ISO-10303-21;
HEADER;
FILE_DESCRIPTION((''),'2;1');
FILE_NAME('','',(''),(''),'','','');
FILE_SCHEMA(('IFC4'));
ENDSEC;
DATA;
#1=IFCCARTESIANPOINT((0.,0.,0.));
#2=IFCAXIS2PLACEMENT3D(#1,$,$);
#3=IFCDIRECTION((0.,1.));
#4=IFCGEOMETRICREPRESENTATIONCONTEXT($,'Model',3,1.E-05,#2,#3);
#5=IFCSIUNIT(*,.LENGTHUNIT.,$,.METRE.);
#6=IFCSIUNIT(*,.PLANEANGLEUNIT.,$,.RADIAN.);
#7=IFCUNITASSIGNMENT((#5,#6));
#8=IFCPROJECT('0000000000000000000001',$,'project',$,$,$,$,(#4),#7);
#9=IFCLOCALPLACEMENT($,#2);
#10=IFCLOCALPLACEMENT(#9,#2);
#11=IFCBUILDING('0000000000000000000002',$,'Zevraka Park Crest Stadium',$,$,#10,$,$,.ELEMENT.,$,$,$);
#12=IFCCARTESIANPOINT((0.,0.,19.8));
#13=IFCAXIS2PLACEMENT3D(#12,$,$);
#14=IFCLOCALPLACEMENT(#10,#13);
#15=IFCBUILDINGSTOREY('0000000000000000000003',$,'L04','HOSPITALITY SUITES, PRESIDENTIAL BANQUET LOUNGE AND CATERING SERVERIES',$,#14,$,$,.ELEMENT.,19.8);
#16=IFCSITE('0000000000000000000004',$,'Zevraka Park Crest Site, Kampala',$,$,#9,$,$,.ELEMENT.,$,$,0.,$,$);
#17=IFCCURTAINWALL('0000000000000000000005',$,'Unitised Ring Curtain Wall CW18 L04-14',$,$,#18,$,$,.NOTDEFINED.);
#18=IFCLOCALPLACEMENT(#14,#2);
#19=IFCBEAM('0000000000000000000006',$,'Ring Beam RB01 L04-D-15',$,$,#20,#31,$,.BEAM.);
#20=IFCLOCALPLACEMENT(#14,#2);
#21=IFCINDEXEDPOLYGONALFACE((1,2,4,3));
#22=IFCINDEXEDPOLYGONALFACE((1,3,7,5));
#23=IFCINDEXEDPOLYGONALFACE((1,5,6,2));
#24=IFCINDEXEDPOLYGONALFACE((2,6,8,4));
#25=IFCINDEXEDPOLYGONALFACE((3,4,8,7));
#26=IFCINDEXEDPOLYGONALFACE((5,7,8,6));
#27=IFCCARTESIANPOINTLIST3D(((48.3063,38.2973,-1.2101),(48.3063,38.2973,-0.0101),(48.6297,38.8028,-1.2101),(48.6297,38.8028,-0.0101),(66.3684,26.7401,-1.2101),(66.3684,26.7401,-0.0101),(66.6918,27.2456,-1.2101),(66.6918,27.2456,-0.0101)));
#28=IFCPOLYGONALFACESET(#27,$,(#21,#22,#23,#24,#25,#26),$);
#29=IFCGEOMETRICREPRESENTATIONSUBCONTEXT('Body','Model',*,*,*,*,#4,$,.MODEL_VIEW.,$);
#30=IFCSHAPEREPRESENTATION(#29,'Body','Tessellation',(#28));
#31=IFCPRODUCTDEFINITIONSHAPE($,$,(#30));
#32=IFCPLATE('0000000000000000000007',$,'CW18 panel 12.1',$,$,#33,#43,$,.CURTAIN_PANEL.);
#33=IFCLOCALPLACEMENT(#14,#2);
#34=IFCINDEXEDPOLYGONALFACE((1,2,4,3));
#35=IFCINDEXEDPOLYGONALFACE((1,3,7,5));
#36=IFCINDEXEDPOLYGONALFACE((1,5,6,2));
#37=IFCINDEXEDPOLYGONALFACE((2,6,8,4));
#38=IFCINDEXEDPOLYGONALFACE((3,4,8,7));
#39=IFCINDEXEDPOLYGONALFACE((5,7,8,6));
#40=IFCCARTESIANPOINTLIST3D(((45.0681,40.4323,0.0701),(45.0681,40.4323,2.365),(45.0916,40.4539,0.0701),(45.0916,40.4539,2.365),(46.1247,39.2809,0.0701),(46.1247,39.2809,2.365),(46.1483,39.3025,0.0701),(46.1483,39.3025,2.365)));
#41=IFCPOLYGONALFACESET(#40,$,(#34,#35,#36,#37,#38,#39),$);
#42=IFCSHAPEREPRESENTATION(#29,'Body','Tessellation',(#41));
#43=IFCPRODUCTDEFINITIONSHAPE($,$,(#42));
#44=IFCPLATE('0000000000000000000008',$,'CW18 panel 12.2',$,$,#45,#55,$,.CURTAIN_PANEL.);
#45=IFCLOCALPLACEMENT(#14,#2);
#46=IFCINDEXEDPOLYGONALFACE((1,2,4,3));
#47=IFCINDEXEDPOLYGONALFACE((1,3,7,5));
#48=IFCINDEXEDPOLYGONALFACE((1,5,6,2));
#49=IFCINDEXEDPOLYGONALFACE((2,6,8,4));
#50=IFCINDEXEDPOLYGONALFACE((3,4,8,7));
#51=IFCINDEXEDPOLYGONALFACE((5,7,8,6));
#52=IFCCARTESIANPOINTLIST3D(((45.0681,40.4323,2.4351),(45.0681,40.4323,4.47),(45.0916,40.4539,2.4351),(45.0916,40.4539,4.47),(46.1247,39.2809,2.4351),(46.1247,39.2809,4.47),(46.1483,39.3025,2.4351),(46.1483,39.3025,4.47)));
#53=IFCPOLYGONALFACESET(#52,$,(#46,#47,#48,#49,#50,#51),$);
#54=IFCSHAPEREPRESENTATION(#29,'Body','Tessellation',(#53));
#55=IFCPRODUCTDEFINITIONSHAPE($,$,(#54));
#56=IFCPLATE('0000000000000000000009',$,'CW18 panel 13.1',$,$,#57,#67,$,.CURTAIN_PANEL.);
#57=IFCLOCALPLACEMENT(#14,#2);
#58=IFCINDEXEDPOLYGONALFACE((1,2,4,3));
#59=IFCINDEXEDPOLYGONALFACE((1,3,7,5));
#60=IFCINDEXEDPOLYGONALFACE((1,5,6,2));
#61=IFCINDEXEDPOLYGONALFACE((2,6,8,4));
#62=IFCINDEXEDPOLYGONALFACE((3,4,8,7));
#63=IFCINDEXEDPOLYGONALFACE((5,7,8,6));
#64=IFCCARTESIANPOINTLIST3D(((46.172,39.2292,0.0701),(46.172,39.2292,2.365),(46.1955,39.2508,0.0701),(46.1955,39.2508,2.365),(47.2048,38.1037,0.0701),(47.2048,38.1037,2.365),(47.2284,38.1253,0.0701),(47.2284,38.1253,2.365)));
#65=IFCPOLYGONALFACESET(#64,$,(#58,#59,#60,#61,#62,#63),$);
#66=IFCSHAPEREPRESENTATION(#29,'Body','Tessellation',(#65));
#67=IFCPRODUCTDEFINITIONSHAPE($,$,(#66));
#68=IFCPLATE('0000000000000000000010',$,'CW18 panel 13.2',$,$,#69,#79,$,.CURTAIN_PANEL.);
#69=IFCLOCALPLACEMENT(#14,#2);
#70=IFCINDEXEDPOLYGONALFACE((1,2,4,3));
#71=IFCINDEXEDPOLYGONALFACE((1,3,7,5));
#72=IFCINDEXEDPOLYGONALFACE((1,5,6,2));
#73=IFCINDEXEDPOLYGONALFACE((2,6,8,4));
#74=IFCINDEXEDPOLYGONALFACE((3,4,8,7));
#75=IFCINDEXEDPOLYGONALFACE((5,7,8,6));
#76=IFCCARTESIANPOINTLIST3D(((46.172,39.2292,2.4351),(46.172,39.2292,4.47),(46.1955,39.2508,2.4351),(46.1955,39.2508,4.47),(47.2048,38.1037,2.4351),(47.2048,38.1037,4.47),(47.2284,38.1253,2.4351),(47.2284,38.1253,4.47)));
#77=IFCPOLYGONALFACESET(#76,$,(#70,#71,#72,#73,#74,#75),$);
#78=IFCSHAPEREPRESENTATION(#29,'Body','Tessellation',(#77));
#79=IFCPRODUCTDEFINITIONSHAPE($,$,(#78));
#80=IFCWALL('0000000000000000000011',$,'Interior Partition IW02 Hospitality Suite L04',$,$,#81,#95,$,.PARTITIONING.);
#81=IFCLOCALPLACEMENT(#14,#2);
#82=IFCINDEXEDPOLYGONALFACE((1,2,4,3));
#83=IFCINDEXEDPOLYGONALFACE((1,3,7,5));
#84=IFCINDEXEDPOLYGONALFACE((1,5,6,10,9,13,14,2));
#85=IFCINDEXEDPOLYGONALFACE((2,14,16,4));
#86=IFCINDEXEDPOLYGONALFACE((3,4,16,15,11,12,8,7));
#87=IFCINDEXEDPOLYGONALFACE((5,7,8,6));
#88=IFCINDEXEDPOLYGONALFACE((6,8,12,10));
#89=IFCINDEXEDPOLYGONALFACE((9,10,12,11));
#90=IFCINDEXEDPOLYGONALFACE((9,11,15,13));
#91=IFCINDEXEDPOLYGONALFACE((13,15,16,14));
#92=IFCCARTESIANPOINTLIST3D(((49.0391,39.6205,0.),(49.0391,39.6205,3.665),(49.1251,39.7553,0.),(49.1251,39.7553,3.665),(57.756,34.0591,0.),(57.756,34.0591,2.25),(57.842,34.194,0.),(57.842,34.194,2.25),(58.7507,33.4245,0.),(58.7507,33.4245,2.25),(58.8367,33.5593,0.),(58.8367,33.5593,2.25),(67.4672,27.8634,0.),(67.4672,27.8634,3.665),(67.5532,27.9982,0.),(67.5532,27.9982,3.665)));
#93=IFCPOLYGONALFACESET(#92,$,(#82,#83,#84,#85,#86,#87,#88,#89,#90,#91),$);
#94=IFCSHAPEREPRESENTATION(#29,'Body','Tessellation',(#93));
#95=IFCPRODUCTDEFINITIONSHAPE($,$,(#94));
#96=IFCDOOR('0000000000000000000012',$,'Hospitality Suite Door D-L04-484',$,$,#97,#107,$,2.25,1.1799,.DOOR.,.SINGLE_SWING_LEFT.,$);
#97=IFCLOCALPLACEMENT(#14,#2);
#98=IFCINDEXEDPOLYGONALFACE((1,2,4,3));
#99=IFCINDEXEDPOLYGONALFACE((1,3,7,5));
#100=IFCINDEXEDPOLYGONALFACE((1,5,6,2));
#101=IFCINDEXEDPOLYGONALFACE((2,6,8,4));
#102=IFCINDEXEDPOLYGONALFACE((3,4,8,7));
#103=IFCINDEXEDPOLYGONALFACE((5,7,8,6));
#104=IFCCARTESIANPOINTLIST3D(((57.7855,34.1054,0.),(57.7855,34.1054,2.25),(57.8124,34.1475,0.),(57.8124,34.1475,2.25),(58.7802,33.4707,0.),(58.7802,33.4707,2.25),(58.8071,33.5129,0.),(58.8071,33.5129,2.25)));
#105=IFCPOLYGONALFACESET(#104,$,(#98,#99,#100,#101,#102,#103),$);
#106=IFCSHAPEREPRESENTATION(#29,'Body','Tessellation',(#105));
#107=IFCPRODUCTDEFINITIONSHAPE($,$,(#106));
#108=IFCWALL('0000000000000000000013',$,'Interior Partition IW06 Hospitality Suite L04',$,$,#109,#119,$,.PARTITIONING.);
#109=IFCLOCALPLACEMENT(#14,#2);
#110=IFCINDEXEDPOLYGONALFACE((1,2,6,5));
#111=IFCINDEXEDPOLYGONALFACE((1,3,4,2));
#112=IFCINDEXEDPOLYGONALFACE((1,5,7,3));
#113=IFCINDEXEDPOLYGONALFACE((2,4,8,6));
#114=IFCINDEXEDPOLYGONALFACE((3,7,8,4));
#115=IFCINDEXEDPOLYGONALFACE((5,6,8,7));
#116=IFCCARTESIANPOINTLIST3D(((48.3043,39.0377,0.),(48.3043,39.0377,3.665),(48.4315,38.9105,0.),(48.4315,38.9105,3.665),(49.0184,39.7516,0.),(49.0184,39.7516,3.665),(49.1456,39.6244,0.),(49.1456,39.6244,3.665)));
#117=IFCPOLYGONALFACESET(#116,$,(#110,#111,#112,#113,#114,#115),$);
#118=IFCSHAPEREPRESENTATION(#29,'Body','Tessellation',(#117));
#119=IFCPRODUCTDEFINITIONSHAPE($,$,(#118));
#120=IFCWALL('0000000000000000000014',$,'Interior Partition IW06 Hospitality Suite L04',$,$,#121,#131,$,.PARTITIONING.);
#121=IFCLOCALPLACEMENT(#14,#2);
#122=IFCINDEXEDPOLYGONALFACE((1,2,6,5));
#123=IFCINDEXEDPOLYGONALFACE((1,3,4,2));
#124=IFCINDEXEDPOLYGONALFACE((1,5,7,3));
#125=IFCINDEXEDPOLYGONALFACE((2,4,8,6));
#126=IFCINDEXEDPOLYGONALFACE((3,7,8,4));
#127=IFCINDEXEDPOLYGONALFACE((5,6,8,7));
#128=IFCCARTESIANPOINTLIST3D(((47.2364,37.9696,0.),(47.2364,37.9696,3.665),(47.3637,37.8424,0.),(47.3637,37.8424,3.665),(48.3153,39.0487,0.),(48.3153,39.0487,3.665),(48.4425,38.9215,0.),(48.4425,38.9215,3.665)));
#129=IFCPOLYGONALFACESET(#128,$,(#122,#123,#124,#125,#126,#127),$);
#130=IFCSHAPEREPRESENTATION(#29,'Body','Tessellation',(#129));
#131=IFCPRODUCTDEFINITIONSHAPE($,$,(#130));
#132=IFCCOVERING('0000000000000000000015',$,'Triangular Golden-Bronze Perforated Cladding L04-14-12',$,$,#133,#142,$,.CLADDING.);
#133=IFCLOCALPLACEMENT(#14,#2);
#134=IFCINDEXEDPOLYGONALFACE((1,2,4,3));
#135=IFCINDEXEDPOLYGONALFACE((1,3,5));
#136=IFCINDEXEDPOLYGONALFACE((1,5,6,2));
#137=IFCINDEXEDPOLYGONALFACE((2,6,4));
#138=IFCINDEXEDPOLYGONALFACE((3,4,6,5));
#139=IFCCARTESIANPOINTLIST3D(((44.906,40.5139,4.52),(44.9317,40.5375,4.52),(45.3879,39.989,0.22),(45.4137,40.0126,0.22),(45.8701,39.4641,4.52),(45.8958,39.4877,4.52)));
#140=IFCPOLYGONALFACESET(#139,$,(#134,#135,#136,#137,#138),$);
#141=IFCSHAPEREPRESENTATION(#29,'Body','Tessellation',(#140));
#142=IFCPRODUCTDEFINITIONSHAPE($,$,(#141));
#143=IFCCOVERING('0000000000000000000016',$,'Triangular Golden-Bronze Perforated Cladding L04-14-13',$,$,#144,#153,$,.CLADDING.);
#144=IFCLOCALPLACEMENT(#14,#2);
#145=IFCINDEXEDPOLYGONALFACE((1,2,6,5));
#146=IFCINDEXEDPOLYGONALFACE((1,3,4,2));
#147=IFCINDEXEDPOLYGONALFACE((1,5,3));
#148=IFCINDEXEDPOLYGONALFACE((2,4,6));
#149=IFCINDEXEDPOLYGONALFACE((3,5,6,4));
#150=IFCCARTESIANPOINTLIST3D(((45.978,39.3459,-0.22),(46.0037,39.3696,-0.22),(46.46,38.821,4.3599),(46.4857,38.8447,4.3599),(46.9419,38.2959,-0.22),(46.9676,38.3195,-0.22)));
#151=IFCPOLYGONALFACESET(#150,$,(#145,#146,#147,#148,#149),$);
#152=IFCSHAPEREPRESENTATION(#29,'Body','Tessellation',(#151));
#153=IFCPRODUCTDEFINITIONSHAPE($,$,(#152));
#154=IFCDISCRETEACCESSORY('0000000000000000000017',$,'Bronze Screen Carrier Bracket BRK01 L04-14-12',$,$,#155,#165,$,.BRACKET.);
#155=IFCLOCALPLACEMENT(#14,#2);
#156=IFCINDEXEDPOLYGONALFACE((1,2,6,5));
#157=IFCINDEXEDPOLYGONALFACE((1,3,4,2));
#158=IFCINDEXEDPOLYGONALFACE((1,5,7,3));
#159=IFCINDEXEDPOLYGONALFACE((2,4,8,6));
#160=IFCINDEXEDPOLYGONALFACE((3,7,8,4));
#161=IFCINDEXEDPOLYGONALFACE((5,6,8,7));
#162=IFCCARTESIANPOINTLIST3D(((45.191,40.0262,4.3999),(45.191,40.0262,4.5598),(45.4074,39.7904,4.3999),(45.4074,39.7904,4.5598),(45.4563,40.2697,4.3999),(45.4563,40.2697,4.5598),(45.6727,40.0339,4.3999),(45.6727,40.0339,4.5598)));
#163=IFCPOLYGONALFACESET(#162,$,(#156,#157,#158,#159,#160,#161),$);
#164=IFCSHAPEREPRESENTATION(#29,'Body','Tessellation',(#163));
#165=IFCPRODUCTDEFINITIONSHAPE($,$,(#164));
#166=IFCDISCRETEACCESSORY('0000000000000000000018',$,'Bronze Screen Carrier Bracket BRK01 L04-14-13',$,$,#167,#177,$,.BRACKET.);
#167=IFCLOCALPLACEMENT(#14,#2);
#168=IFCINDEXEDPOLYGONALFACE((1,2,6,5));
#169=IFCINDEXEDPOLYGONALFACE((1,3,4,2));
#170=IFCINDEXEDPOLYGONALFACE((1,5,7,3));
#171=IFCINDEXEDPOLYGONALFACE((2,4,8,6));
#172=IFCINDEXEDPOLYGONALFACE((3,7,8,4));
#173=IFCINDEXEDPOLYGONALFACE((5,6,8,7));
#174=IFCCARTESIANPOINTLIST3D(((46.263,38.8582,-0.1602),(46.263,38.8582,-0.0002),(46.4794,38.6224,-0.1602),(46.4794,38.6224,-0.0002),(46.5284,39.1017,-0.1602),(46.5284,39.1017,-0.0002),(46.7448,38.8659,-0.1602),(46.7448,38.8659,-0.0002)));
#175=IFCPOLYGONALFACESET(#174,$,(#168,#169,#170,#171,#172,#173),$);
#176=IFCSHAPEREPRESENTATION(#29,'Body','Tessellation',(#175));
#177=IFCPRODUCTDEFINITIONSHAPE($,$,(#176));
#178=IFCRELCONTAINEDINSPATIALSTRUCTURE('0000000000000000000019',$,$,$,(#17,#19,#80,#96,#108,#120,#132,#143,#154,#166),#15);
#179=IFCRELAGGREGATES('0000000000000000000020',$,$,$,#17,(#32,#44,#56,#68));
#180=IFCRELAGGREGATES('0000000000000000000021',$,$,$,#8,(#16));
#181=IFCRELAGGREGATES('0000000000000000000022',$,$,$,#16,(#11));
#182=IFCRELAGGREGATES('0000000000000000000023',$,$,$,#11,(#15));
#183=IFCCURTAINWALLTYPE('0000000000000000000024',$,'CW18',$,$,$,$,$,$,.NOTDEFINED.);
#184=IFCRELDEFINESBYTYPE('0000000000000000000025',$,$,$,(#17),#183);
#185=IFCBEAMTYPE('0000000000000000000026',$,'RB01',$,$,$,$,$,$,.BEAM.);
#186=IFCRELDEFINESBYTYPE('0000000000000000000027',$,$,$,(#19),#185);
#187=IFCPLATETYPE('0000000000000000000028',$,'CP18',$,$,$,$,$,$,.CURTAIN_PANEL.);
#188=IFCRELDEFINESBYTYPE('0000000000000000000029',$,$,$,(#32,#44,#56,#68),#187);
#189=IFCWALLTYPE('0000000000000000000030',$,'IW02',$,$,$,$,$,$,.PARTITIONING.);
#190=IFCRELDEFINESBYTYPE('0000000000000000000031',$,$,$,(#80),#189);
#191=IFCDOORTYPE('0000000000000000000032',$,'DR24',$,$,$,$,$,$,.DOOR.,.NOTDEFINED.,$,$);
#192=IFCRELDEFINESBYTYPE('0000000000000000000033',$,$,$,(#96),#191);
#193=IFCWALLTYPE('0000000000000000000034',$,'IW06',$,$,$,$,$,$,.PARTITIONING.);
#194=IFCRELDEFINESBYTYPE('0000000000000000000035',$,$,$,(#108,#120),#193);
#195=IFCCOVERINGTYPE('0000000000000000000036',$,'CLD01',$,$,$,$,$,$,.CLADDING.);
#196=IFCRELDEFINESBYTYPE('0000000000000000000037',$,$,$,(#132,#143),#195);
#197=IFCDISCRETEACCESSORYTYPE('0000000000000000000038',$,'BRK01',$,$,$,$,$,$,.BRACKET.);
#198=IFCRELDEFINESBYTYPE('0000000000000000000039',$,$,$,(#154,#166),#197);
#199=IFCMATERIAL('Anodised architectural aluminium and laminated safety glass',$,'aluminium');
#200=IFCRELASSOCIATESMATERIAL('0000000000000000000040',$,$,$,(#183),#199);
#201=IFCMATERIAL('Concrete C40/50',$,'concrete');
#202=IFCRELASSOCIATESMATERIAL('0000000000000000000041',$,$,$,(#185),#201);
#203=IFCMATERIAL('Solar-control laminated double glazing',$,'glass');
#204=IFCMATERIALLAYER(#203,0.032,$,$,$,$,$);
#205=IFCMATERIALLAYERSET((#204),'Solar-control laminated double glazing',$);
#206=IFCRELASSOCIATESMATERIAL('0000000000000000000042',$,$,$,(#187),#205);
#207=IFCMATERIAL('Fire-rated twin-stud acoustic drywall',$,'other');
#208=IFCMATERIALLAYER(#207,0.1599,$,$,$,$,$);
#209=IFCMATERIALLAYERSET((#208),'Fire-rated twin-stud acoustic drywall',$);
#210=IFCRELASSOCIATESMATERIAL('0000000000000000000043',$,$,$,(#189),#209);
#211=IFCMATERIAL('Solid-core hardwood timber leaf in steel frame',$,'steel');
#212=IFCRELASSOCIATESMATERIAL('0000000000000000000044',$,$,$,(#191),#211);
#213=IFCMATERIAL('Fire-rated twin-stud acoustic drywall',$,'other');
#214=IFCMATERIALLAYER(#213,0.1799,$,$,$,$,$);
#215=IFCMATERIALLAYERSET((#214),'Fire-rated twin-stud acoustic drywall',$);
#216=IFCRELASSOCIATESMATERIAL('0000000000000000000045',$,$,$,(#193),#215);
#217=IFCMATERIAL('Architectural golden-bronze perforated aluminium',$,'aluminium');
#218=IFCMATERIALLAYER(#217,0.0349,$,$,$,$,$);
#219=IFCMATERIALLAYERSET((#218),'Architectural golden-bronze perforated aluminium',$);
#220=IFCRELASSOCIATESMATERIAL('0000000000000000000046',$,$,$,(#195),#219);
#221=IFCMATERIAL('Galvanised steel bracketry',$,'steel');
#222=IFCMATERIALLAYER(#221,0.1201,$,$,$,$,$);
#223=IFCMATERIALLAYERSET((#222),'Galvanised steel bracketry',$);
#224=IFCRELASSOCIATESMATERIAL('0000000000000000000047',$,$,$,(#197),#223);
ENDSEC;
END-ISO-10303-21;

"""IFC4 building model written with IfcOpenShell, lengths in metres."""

from ifc_helpers import new_model, si_unit, direction, frame, frame_2d, origin, origin_2d, place, context, subcontext, project, spatial, polyline, rectangle, outline, extrude, material, layer, layer_set, material_profile, profile_set, type_object, element, fill, aggregate, save


model = new_model("IFC4")

# Units and contexts
model_context = context("Model", 3, precision=1e-05, world=origin(), true_north=direction((0.0, 1.0)))
body_context = subcontext(model_context, "Body", "Model", "MODEL_VIEW")
ifc_project = project(units=[si_unit("LENGTHUNIT", "METRE"), si_unit("PLANEANGLEUNIT", "RADIAN")], contexts=[model_context])

# Site, building, storey
site_placement = place(None, origin())
site = spatial("IfcSite", under=ifc_project, at=site_placement, Name="Zevraka Park Crest Site, Kampala", CompositionType="ELEMENT", RefElevation=0.0)
building_placement = place(site_placement, origin())
building = spatial("IfcBuilding", under=site, at=building_placement, Name="Zevraka Park Crest Stadium", CompositionType="ELEMENT")
storey_placement = place(building_placement, frame((0.0, 0.0, 19.8)))
storey = spatial("IfcBuildingStorey", under=building, at=storey_placement, Name="L04", Description="HOSPITALITY SUITES, PRESIDENTIAL BANQUET LOUNGE AND CATERING SERVERIES", CompositionType="ELEMENT", Elevation=19.8)

# Curtain wall
ifc_material_1 = material(Name="Anodised architectural aluminium and laminated safety glass", Category="aluminium")
curtain_wall_type = type_object("IfcCurtainWallType", Name="CW18", PredefinedType="NOTDEFINED", material=ifc_material_1)
curtain_wall_1_placement = place(storey_placement, origin())
curtain_wall_1 = element("IfcCurtainWall", 1, at=curtain_wall_1_placement, inside=storey, type_object=curtain_wall_type, Name="Unitised Ring Curtain Wall CW18 L04-14", PredefinedType="NOTDEFINED")

# Beam
ifc_material_2 = material(Name="Concrete C40/50", Category="concrete")
ifc_material_profile_1 = material_profile(ifc_material_2, rectangle(XDim=0.6001, YDim=1.2, at=origin_2d()), Name="RC 1200x600")
ifc_profile_set_1 = profile_set([ifc_material_profile_1], Name="Concrete C40/50")
beam_type = type_object("IfcBeamType", Name="RB01", PredefinedType="BEAM", material=ifc_profile_set_1)
beam_placement = place(storey_placement, frame((48.468, 38.55, -0.6101), z_axis=(0.842326, -0.538969, 0.0), x_axis=(0.538969, 0.842326, 0.0)))
element("IfcBeam", 2, at=beam_placement, inside=storey, type_object=beam_type, Name="Ring Beam RB01 L04-D-15", PredefinedType="BEAM", context=body_context, shape_type="SweptSolid", body=[
    extrude(rectangle(XDim=0.6001, YDim=1.2, at=origin_2d()), origin(), (0.0, 0.0, 1.0), 21.4431),
])

# Plates
ifc_material_3 = material(Name="Solar-control laminated double glazing", Category="glass")
ifc_layer_1 = layer(ifc_material_3, 0.032)
ifc_layer_set_1 = layer_set([ifc_layer_1], Name="Solar-control laminated double glazing")
plate_type = type_object("IfcPlateType", Name="CP18", PredefinedType="CURTAIN_PANEL", material=ifc_layer_set_1)
plate_1_placement = place(storey_placement, frame((45.6082, 39.8674, 0.0701), z_axis=(0.0, 0.0, 1.0), x_axis=(0.676138, -0.736775, 0.0)))
plate_1 = element("IfcPlate", 3, at=plate_1_placement, type_object=plate_type, Name="CW18 panel 12.1", PredefinedType="CURTAIN_PANEL", context=body_context, shape_type="SweptSolid", body=[
    extrude(rectangle(XDim=1.5627, YDim=0.032, at=origin_2d()), origin(), (0.0, 0.0, 1.0), 2.2949),
])
plate_2_placement = place(storey_placement, frame((45.6082, 39.8674, 2.4351), z_axis=(0.0, 0.0, 1.0), x_axis=(0.676138, -0.736775, 0.0)))
plate_2 = element("IfcPlate", 4, at=plate_2_placement, type_object=plate_type, Name="CW18 panel 12.2", PredefinedType="CURTAIN_PANEL", context=body_context, shape_type="SweptSolid", body=[
    extrude(rectangle(XDim=1.5627, YDim=0.032, at=origin_2d()), origin(), (0.0, 0.0, 1.0), 2.0349),
])
plate_3_placement = place(storey_placement, frame((46.7002, 38.6772, 0.0701), z_axis=(0.0, 0.0, 1.0), x_axis=(0.676138, -0.736775, 0.0)))
plate_3 = element("IfcPlate", 5, at=plate_3_placement, type_object=plate_type, Name="CW18 panel 13.1", PredefinedType="CURTAIN_PANEL", context=body_context, shape_type="SweptSolid", body=[
    extrude(rectangle(XDim=1.5276, YDim=0.032, at=origin_2d()), origin(), (0.0, 0.0, 1.0), 2.2949),
])
plate_4_placement = place(storey_placement, frame((46.7002, 38.6772, 2.4351), z_axis=(0.0, 0.0, 1.0), x_axis=(0.676138, -0.736775, 0.0)))
plate_4 = element("IfcPlate", 6, at=plate_4_placement, type_object=plate_type, Name="CW18 panel 13.2", PredefinedType="CURTAIN_PANEL", context=body_context, shape_type="SweptSolid", body=[
    extrude(rectangle(XDim=1.5276, YDim=0.032, at=origin_2d()), origin(), (0.0, 0.0, 1.0), 2.0349),
])
aggregate(curtain_wall_1, [plate_1, plate_2, plate_3, plate_4])

# Wall, opening, door
ifc_material_4 = material(Name="Fire-rated twin-stud acoustic drywall", Category="other")
ifc_layer_2 = layer(ifc_material_4, 0.1599)
ifc_layer_set_2 = layer_set([ifc_layer_2], Name="Fire-rated twin-stud acoustic drywall")
wall_type_1 = type_object("IfcWallType", Name="IW02", PredefinedType="PARTITIONING", material=ifc_layer_set_2)
wall_1_placement = place(storey_placement, frame((49.082, 39.688, 0.0), z_axis=(0.0, 0.0, 1.0), x_axis=(0.843035, -0.537858, 0.0)))
wall_1 = element("IfcWall", 7, at=wall_1_placement, inside=storey, type_object=wall_type_1, Name="Interior Partition IW02 Hospitality Suite L04", PredefinedType="PARTITIONING", context=body_context, shape_type="SweptSolid", body=[
    extrude(rectangle(XDim=21.8591, YDim=0.1599, at=frame_2d((10.9297, 0.0))), origin(), (0.0, 0.0, 1.0), 3.665),
])
opening_placement = place(wall_1_placement, frame((10.3401, 0.0, 0.0)))
opening = element("IfcOpeningElement", 8, at=opening_placement, cuts=wall_1, PredefinedType="OPENING", context=body_context, shape_type="SweptSolid", body=[
    extrude(rectangle(XDim=1.1799, YDim=2.25, at=frame_2d((0.5898, 1.125))), frame((0.0, 0.0898, 0.0), z_axis=(0.0, -1.0, 0.0), x_axis=(1.0, 0.0, 0.0)), (0.0, 0.0, 1.0), 0.1799),
])
ifc_material_5 = material(Name="Solid-core hardwood timber leaf in steel frame", Category="steel")
door_type = type_object("IfcDoorType", Name="DR24", OperationType="NOTDEFINED", PredefinedType="DOOR", material=ifc_material_5)
door_placement = place(opening_placement, origin())
door = element("IfcDoor", 9, at=door_placement, inside=storey, type_object=door_type, Name="Hospitality Suite Door D-L04-484", OperationType="SINGLE_SWING_LEFT", OverallHeight=2.25, OverallWidth=1.1799, PredefinedType="DOOR", context=body_context, shape_type="SweptSolid", body=[
    extrude(rectangle(XDim=1.1799, YDim=2.25, at=frame_2d((0.5898, 1.125))), frame((0.0, 0.0249, 0.0), z_axis=(0.0, -1.0, 0.0), x_axis=(1.0, 0.0, 0.0)), (0.0, 0.0, 1.0), 0.05),
])
fill(opening, door)

# Walls
ifc_material_6 = material(Name="Fire-rated twin-stud acoustic drywall", Category="other")
ifc_layer_3 = layer(ifc_material_6, 0.1799)
ifc_layer_set_3 = layer_set([ifc_layer_3], Name="Fire-rated twin-stud acoustic drywall")
wall_type_2 = type_object("IfcWallType", Name="IW06", PredefinedType="PARTITIONING", material=ifc_layer_set_3)
wall_2_placement = place(storey_placement, frame((49.082, 39.688, 0.0), z_axis=(0.0, 0.0, 1.0), x_axis=(-0.707228, -0.706986, 0.0)))
element("IfcWall", 10, at=wall_2_placement, inside=storey, type_object=wall_type_2, Name="Interior Partition IW06 Hospitality Suite L04", PredefinedType="PARTITIONING", context=body_context, shape_type="SweptSolid", body=[
    extrude(rectangle(XDim=1.0098, YDim=0.1799, at=frame_2d((0.5049, 0.0))), origin(), (0.0, 0.0, 1.0), 3.665),
])
wall_3_placement = place(storey_placement, frame((48.3789, 38.9851, 0.0), z_axis=(0.0, 0.0, 1.0), x_axis=(-0.707027, -0.707187, 0.0)))
element("IfcWall", 11, at=wall_3_placement, inside=storey, type_object=wall_type_2, Name="Interior Partition IW06 Hospitality Suite L04", PredefinedType="PARTITIONING", context=body_context, shape_type="SweptSolid", body=[
    extrude(rectangle(XDim=1.5259, YDim=0.1799, at=frame_2d((0.7629, 0.0))), origin(), (0.0, 0.0, 1.0), 3.665),
])

# Coverings
ifc_material_7 = material(Name="Architectural golden-bronze perforated aluminium", Category="aluminium")
ifc_layer_4 = layer(ifc_material_7, 0.0349)
ifc_layer_set_4 = layer_set([ifc_layer_4], Name="Architectural golden-bronze perforated aluminium")
covering_type = type_object("IfcCoveringType", Name="CLD01", PredefinedType="CLADDING", material=ifc_layer_set_4)
covering_1_placement = place(storey_placement, frame((45.8701, 39.4641, 4.52), z_axis=(-0.736528, -0.676407, 0.000021), x_axis=(-0.676407, 0.736528, 0.0)))
element("IfcCovering", 12, at=covering_1_placement, inside=storey, type_object=covering_type, Name="Triangular Golden-Bronze Perforated Cladding L04-14-12", PredefinedType="CLADDING", context=body_context, shape_type="SweptSolid", body=[
    extrude(outline(polyline([(0.0, 0.0), (1.4253, 0.0), (0.7128, 4.3), (0.0, 0.0)])), origin(), (0.0, 0.0, -1.0), 0.0349),
])
covering_2_placement = place(storey_placement, frame((45.978, 39.3459, -0.22), z_axis=(-0.736692, -0.676229, 0.000018), x_axis=(0.676229, -0.736692, 0.0)))
element("IfcCovering", 13, at=covering_2_placement, inside=storey, type_object=covering_type, Name="Triangular Golden-Bronze Perforated Cladding L04-14-13", PredefinedType="CLADDING", context=body_context, shape_type="SweptSolid", body=[
    extrude(outline(polyline([(0.0, 0.0), (1.4254, 0.0), (0.7126, 4.5798), (0.0, 0.0)])), origin(), (0.0, 0.0, -1.0), 0.0349),
])

# Discrete accessories
ifc_material_8 = material(Name="Galvanised steel bracketry", Category="steel")
ifc_layer_5 = layer(ifc_material_8, 0.1201)
ifc_layer_set_5 = layer_set([ifc_layer_5], Name="Galvanised steel bracketry")
discrete_accessory_type = type_object("IfcDiscreteAccessoryType", Name="BRK01", PredefinedType="BRACKET", material=ifc_layer_set_5)
for number, where, z_axis, x_axis, name in (
    (14, (45.4319, 40.03, 4.3999), (0.0, 0.0, 1.0), (0.676105, -0.736806, 0.0), "Bronze Screen Carrier Bracket BRK01 L04-14-12"),
    (15, (46.5039, 38.8621, -0.1602), (0.0, 0.0, 1.0), (0.676105, -0.736806, 0.0), "Bronze Screen Carrier Bracket BRK01 L04-14-13"),
):
    element("IfcDiscreteAccessory", number, at=place(storey_placement, frame(where, z_axis=z_axis, x_axis=x_axis)), inside=storey, type_object=discrete_accessory_type, Name=name, PredefinedType="BRACKET", context=body_context, shape_type="SweptSolid", body=[
        extrude(rectangle(XDim=0.3201, YDim=0.3601, at=origin_2d()), origin(), (0.0, 0.0, 1.0), 0.1599),
    ])

save(model, "model.ifc")
